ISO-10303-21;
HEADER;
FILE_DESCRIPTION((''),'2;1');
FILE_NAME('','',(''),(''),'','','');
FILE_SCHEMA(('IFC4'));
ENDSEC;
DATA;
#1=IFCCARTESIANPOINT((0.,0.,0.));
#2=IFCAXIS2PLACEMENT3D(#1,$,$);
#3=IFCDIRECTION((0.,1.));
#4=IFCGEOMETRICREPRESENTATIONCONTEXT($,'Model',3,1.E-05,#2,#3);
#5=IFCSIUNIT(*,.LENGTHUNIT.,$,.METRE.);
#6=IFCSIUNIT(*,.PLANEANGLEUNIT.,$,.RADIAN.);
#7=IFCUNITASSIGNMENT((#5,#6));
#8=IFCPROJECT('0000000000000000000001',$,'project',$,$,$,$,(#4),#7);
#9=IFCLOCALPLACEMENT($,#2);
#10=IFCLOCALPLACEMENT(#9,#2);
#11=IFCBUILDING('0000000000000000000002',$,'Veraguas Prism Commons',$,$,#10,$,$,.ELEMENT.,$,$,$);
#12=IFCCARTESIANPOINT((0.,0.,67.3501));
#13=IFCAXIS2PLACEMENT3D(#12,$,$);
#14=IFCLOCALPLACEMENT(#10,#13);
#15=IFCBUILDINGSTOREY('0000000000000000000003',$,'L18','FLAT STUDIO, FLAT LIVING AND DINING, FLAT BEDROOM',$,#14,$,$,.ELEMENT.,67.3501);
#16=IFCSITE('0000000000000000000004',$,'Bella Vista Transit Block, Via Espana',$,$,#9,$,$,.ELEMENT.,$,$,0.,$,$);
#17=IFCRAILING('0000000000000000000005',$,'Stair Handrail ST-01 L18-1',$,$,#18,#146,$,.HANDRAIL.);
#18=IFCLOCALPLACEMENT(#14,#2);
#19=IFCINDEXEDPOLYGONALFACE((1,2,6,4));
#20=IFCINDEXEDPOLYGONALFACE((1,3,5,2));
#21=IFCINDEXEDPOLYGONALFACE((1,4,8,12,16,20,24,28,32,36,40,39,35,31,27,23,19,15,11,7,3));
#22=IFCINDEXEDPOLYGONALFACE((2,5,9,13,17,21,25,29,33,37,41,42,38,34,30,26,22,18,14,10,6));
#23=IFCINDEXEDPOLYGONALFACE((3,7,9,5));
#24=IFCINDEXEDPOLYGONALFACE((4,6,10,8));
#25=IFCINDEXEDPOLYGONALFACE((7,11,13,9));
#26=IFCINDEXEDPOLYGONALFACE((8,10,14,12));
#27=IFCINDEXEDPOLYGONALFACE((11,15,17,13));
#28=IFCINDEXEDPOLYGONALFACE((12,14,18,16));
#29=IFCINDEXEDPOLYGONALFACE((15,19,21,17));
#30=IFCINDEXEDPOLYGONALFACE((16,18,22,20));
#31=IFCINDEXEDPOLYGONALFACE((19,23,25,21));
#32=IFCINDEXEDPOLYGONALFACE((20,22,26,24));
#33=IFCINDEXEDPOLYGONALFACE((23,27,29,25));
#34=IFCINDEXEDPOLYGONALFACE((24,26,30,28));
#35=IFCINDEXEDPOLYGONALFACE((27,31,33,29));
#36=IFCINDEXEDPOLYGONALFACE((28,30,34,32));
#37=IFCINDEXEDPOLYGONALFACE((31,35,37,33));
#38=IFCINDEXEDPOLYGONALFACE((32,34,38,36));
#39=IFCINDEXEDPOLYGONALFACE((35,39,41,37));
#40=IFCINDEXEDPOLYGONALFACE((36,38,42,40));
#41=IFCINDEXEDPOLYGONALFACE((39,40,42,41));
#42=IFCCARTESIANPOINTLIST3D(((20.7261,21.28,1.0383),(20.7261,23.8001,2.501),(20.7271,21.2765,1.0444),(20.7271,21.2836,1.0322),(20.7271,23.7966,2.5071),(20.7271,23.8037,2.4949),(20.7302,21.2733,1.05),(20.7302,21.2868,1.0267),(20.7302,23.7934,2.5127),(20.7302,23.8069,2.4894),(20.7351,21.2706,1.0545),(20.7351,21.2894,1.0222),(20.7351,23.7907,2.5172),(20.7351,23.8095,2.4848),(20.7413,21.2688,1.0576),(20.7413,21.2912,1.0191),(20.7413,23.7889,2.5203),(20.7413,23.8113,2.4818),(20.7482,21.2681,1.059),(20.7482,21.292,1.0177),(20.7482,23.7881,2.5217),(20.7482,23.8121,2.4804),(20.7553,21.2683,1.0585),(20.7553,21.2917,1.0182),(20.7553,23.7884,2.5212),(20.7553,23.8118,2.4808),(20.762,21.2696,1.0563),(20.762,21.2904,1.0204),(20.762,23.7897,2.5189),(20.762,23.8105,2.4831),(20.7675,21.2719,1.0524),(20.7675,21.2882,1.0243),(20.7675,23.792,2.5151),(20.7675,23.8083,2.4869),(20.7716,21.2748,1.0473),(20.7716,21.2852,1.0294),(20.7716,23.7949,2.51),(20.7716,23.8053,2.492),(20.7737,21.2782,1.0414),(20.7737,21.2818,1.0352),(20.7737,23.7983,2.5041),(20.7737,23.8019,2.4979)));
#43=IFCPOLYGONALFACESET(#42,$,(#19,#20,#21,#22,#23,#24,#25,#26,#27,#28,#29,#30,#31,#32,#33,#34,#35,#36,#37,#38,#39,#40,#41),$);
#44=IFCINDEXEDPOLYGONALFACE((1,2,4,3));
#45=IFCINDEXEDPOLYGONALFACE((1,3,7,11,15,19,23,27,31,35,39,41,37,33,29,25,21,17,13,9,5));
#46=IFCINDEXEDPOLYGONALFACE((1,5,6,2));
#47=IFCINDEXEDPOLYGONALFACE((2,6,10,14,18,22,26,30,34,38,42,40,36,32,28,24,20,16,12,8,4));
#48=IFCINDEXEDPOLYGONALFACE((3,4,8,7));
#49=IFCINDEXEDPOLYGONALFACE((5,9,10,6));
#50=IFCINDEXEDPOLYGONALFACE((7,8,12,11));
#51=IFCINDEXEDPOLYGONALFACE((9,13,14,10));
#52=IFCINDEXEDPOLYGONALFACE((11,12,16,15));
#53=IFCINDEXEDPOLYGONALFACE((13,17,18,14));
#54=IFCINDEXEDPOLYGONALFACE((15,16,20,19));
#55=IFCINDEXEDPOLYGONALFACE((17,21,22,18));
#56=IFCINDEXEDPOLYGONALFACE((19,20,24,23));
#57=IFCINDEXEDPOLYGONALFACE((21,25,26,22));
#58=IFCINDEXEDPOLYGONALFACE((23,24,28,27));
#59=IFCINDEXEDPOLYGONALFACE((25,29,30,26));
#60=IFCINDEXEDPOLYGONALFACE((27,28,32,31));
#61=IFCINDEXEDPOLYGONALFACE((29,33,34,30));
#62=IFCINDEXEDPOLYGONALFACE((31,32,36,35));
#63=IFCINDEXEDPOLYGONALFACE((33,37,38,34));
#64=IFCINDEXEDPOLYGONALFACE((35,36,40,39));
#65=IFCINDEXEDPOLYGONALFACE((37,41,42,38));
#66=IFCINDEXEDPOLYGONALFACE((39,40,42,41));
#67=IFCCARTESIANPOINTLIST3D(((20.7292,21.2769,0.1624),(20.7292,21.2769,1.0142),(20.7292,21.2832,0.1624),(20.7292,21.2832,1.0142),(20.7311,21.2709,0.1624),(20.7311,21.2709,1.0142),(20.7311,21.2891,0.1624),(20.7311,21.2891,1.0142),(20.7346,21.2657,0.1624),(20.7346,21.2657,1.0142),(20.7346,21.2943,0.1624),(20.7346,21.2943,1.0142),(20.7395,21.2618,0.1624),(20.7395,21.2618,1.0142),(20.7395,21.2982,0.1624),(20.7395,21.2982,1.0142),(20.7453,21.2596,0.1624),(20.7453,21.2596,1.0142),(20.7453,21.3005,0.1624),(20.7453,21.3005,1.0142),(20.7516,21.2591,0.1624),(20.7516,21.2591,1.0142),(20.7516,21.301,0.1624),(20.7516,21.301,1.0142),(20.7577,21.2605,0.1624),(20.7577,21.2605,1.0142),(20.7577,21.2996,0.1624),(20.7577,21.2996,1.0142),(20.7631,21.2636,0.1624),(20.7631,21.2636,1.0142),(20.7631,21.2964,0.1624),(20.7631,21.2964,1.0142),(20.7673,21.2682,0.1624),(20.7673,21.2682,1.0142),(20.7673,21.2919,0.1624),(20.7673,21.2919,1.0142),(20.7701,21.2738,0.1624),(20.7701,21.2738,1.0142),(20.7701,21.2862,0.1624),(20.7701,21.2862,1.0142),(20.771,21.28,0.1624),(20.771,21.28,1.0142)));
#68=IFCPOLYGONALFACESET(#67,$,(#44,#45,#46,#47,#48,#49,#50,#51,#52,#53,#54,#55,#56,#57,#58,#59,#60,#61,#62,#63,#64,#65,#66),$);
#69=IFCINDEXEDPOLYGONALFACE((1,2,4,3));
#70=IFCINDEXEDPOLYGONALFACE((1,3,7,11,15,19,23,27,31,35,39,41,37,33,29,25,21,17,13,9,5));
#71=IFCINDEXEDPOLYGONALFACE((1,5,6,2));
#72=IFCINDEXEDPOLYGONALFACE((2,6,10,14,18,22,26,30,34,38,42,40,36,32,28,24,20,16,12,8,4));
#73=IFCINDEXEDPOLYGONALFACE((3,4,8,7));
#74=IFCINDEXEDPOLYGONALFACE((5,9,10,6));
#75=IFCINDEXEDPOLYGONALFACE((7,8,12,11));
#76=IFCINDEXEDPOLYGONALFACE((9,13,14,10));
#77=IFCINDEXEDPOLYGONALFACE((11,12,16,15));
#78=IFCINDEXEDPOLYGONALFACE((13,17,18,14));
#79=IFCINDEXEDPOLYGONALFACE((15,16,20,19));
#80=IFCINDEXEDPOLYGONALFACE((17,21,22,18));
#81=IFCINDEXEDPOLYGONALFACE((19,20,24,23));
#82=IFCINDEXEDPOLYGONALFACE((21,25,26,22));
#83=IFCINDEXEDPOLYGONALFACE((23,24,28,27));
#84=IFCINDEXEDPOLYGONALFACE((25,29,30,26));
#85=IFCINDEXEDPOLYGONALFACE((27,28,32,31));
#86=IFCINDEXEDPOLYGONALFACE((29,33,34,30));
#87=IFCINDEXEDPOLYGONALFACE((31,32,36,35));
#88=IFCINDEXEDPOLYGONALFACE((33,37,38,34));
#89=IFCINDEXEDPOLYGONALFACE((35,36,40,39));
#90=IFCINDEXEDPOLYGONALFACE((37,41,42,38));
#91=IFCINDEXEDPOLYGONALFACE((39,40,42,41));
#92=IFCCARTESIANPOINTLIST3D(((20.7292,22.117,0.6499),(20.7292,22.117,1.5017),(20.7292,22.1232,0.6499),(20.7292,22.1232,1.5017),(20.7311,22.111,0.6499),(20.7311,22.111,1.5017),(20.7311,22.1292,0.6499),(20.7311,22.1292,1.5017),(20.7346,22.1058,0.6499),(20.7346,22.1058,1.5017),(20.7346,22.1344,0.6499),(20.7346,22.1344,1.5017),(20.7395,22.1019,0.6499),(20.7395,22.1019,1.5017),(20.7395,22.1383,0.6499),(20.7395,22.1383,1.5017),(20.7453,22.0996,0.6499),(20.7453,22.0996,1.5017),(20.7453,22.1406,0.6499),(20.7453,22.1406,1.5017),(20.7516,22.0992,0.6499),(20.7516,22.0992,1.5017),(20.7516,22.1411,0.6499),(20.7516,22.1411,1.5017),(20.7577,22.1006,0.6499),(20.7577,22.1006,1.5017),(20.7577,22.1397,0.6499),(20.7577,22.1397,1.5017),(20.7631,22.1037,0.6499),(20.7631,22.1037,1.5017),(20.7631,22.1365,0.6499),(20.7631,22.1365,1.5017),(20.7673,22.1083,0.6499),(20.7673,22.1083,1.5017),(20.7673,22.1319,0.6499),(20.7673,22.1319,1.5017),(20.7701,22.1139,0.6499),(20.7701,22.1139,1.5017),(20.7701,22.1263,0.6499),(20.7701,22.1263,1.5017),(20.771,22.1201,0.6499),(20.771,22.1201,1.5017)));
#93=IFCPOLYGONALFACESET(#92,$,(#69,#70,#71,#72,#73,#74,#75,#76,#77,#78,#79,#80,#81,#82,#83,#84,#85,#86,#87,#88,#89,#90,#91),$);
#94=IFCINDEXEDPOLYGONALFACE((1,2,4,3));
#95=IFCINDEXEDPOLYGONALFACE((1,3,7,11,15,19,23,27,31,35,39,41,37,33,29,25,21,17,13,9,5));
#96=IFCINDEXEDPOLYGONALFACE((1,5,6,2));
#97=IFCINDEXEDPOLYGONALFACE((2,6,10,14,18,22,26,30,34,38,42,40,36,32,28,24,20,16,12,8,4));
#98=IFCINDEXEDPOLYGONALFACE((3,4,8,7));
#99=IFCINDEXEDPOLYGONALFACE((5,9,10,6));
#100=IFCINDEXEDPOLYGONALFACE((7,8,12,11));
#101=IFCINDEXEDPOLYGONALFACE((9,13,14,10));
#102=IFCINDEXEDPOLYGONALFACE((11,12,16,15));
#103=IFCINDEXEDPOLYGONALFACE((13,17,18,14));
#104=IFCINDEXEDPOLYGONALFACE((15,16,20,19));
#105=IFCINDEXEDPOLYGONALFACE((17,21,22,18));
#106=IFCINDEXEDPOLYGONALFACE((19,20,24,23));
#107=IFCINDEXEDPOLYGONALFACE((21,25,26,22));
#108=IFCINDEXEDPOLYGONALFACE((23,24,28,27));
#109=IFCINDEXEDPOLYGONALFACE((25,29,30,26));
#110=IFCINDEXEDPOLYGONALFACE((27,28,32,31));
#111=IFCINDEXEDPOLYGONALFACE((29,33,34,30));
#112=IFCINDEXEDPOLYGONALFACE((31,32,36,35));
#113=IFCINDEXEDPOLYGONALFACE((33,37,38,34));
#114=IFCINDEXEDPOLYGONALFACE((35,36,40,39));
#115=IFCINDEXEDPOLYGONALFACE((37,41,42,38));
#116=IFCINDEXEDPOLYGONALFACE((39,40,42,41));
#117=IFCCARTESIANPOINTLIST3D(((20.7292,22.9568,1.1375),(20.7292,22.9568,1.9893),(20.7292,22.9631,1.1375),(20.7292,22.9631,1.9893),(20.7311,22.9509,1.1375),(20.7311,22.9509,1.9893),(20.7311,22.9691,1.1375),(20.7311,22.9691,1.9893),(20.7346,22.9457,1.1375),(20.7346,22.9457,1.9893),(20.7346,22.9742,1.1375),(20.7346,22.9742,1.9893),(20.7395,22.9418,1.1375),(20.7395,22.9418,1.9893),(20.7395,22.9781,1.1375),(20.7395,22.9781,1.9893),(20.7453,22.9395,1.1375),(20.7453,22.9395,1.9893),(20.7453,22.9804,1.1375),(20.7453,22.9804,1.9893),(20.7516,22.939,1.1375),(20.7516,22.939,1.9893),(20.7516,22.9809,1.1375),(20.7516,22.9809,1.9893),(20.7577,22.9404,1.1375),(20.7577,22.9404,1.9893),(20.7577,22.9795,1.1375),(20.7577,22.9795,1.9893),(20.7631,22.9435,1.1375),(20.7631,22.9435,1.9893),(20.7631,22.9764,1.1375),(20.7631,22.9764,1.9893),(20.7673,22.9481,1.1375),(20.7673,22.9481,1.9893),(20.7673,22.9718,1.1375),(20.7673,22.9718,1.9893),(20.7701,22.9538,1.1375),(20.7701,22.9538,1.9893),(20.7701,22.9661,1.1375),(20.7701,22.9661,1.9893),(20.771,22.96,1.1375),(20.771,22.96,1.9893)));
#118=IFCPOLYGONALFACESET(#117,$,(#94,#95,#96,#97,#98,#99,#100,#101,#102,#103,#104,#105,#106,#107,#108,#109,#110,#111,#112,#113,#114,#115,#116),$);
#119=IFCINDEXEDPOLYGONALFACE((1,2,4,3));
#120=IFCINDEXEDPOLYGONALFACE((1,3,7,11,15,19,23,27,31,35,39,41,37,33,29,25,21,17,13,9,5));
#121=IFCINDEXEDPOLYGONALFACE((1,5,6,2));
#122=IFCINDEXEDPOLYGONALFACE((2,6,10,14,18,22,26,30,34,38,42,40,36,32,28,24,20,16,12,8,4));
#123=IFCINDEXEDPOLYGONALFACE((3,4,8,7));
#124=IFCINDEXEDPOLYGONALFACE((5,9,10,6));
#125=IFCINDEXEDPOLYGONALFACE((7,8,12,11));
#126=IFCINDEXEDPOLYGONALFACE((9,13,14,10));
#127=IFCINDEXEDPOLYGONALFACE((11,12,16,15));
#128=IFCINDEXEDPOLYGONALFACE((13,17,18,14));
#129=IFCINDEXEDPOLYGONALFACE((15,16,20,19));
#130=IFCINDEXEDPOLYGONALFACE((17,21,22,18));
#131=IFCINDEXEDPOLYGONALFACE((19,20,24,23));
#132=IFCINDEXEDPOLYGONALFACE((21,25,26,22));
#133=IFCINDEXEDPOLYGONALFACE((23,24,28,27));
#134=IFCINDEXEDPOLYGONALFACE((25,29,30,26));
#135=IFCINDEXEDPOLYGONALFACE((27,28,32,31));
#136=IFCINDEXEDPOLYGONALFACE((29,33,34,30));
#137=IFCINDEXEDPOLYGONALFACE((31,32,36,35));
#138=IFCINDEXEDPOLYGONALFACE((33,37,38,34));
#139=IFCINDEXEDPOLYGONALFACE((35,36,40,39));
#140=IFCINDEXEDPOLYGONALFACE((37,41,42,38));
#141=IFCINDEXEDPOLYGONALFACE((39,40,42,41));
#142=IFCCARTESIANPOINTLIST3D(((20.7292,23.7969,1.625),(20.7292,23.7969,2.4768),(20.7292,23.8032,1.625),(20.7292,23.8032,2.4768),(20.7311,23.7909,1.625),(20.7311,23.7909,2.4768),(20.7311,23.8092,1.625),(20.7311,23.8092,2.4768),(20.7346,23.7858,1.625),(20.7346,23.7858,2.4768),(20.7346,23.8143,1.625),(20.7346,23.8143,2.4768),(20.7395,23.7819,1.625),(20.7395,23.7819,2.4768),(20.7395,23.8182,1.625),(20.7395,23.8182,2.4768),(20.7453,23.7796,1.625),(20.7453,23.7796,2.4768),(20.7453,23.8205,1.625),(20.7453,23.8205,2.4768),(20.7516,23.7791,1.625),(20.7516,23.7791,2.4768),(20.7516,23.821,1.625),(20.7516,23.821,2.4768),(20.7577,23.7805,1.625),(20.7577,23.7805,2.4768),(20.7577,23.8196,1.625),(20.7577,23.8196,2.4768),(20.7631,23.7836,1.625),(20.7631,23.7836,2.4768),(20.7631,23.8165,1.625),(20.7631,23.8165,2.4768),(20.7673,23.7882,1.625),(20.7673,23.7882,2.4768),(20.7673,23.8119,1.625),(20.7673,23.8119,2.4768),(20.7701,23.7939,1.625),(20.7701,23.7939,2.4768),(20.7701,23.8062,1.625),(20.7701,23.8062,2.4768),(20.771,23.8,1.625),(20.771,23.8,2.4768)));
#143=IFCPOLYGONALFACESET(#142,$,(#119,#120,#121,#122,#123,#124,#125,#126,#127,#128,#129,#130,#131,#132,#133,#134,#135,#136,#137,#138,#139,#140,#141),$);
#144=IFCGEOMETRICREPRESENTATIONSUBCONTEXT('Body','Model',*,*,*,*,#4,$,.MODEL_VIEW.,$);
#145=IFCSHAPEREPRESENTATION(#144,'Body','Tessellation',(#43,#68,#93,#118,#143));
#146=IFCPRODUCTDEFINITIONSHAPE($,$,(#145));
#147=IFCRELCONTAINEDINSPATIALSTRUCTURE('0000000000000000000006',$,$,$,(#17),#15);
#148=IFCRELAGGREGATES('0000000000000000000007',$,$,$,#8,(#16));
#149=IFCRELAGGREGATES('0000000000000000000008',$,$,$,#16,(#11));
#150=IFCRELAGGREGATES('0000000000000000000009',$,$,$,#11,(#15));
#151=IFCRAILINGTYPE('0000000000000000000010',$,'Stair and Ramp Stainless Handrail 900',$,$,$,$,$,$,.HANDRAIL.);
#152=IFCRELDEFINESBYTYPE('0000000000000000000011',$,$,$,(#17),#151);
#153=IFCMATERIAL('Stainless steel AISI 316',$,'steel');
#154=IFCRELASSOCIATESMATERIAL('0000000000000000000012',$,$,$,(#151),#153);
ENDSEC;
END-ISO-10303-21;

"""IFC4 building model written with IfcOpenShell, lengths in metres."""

from ifc_helpers import new_model, si_unit, direction, frame, origin, origin_2d, place, context, subcontext, project, spatial, circle, extrude, material, type_object, element, save


model = new_model("IFC4")

# Units and contexts
model_context = context("Model", 3, precision=1e-05, world=origin(), true_north=direction((0.0, 1.0)))
body_context = subcontext(model_context, "Body", "Model", "MODEL_VIEW")
ifc_project = project(units=[si_unit("LENGTHUNIT", "METRE"), si_unit("PLANEANGLEUNIT", "RADIAN")], contexts=[model_context])

# Site, building, storey
site_placement = place(None, origin())
site = spatial("IfcSite", under=ifc_project, at=site_placement, Name="Bella Vista Transit Block, Via Espana", CompositionType="ELEMENT", RefElevation=0.0)
building_placement = place(site_placement, origin())
building = spatial("IfcBuilding", under=site, at=building_placement, Name="Veraguas Prism Commons", CompositionType="ELEMENT")
storey_placement = place(building_placement, frame((0.0, 0.0, 67.3501)))
storey = spatial("IfcBuildingStorey", under=building, at=storey_placement, Name="L18", Description="FLAT STUDIO, FLAT LIVING AND DINING, FLAT BEDROOM", CompositionType="ELEMENT", Elevation=67.3501)

# Railing
ifc_material_1 = material(Name="Stainless steel AISI 316", Category="steel")
railing_type_1 = type_object("IfcRailingType", Name="Stair and Ramp Stainless Handrail 900", PredefinedType="HANDRAIL", material=ifc_material_1)
railing_1_placement = place(storey_placement, frame((20.75, 21.28, 0.1624)))
element("IfcRailing", 1, at=railing_1_placement, inside=storey, type_object=railing_type_1, Name="Stair Handrail ST-01 L18-1", PredefinedType="HANDRAIL", context=body_context, shape_type="SweptSolid", body=[
    extrude(circle(Radius=0.0239, at=origin_2d()), frame((0.0, 0.0, 0.876), z_axis=(0.0, 0.864877, 0.501984), x_axis=(-1.0, 0.0, 0.0)), (0.0, 0.0, 1.0), 2.9138),
    extrude(circle(Radius=0.021, at=origin_2d()), origin(), (0.0, 0.0, 1.0), 0.8518),
    extrude(circle(Radius=0.021, at=origin_2d()), frame((0.0, 0.8401, 0.4875)), (0.0, 0.0, 1.0), 0.8518),
    extrude(circle(Radius=0.021, at=origin_2d()), frame((0.0, 1.6799, 0.9751)), (0.0, 0.0, 1.0), 0.8518),
    extrude(circle(Radius=0.021, at=origin_2d()), frame((0.0, 2.52, 1.4626)), (0.0, 0.0, 1.0), 0.8518),
])

save(model, "model.ifc")
